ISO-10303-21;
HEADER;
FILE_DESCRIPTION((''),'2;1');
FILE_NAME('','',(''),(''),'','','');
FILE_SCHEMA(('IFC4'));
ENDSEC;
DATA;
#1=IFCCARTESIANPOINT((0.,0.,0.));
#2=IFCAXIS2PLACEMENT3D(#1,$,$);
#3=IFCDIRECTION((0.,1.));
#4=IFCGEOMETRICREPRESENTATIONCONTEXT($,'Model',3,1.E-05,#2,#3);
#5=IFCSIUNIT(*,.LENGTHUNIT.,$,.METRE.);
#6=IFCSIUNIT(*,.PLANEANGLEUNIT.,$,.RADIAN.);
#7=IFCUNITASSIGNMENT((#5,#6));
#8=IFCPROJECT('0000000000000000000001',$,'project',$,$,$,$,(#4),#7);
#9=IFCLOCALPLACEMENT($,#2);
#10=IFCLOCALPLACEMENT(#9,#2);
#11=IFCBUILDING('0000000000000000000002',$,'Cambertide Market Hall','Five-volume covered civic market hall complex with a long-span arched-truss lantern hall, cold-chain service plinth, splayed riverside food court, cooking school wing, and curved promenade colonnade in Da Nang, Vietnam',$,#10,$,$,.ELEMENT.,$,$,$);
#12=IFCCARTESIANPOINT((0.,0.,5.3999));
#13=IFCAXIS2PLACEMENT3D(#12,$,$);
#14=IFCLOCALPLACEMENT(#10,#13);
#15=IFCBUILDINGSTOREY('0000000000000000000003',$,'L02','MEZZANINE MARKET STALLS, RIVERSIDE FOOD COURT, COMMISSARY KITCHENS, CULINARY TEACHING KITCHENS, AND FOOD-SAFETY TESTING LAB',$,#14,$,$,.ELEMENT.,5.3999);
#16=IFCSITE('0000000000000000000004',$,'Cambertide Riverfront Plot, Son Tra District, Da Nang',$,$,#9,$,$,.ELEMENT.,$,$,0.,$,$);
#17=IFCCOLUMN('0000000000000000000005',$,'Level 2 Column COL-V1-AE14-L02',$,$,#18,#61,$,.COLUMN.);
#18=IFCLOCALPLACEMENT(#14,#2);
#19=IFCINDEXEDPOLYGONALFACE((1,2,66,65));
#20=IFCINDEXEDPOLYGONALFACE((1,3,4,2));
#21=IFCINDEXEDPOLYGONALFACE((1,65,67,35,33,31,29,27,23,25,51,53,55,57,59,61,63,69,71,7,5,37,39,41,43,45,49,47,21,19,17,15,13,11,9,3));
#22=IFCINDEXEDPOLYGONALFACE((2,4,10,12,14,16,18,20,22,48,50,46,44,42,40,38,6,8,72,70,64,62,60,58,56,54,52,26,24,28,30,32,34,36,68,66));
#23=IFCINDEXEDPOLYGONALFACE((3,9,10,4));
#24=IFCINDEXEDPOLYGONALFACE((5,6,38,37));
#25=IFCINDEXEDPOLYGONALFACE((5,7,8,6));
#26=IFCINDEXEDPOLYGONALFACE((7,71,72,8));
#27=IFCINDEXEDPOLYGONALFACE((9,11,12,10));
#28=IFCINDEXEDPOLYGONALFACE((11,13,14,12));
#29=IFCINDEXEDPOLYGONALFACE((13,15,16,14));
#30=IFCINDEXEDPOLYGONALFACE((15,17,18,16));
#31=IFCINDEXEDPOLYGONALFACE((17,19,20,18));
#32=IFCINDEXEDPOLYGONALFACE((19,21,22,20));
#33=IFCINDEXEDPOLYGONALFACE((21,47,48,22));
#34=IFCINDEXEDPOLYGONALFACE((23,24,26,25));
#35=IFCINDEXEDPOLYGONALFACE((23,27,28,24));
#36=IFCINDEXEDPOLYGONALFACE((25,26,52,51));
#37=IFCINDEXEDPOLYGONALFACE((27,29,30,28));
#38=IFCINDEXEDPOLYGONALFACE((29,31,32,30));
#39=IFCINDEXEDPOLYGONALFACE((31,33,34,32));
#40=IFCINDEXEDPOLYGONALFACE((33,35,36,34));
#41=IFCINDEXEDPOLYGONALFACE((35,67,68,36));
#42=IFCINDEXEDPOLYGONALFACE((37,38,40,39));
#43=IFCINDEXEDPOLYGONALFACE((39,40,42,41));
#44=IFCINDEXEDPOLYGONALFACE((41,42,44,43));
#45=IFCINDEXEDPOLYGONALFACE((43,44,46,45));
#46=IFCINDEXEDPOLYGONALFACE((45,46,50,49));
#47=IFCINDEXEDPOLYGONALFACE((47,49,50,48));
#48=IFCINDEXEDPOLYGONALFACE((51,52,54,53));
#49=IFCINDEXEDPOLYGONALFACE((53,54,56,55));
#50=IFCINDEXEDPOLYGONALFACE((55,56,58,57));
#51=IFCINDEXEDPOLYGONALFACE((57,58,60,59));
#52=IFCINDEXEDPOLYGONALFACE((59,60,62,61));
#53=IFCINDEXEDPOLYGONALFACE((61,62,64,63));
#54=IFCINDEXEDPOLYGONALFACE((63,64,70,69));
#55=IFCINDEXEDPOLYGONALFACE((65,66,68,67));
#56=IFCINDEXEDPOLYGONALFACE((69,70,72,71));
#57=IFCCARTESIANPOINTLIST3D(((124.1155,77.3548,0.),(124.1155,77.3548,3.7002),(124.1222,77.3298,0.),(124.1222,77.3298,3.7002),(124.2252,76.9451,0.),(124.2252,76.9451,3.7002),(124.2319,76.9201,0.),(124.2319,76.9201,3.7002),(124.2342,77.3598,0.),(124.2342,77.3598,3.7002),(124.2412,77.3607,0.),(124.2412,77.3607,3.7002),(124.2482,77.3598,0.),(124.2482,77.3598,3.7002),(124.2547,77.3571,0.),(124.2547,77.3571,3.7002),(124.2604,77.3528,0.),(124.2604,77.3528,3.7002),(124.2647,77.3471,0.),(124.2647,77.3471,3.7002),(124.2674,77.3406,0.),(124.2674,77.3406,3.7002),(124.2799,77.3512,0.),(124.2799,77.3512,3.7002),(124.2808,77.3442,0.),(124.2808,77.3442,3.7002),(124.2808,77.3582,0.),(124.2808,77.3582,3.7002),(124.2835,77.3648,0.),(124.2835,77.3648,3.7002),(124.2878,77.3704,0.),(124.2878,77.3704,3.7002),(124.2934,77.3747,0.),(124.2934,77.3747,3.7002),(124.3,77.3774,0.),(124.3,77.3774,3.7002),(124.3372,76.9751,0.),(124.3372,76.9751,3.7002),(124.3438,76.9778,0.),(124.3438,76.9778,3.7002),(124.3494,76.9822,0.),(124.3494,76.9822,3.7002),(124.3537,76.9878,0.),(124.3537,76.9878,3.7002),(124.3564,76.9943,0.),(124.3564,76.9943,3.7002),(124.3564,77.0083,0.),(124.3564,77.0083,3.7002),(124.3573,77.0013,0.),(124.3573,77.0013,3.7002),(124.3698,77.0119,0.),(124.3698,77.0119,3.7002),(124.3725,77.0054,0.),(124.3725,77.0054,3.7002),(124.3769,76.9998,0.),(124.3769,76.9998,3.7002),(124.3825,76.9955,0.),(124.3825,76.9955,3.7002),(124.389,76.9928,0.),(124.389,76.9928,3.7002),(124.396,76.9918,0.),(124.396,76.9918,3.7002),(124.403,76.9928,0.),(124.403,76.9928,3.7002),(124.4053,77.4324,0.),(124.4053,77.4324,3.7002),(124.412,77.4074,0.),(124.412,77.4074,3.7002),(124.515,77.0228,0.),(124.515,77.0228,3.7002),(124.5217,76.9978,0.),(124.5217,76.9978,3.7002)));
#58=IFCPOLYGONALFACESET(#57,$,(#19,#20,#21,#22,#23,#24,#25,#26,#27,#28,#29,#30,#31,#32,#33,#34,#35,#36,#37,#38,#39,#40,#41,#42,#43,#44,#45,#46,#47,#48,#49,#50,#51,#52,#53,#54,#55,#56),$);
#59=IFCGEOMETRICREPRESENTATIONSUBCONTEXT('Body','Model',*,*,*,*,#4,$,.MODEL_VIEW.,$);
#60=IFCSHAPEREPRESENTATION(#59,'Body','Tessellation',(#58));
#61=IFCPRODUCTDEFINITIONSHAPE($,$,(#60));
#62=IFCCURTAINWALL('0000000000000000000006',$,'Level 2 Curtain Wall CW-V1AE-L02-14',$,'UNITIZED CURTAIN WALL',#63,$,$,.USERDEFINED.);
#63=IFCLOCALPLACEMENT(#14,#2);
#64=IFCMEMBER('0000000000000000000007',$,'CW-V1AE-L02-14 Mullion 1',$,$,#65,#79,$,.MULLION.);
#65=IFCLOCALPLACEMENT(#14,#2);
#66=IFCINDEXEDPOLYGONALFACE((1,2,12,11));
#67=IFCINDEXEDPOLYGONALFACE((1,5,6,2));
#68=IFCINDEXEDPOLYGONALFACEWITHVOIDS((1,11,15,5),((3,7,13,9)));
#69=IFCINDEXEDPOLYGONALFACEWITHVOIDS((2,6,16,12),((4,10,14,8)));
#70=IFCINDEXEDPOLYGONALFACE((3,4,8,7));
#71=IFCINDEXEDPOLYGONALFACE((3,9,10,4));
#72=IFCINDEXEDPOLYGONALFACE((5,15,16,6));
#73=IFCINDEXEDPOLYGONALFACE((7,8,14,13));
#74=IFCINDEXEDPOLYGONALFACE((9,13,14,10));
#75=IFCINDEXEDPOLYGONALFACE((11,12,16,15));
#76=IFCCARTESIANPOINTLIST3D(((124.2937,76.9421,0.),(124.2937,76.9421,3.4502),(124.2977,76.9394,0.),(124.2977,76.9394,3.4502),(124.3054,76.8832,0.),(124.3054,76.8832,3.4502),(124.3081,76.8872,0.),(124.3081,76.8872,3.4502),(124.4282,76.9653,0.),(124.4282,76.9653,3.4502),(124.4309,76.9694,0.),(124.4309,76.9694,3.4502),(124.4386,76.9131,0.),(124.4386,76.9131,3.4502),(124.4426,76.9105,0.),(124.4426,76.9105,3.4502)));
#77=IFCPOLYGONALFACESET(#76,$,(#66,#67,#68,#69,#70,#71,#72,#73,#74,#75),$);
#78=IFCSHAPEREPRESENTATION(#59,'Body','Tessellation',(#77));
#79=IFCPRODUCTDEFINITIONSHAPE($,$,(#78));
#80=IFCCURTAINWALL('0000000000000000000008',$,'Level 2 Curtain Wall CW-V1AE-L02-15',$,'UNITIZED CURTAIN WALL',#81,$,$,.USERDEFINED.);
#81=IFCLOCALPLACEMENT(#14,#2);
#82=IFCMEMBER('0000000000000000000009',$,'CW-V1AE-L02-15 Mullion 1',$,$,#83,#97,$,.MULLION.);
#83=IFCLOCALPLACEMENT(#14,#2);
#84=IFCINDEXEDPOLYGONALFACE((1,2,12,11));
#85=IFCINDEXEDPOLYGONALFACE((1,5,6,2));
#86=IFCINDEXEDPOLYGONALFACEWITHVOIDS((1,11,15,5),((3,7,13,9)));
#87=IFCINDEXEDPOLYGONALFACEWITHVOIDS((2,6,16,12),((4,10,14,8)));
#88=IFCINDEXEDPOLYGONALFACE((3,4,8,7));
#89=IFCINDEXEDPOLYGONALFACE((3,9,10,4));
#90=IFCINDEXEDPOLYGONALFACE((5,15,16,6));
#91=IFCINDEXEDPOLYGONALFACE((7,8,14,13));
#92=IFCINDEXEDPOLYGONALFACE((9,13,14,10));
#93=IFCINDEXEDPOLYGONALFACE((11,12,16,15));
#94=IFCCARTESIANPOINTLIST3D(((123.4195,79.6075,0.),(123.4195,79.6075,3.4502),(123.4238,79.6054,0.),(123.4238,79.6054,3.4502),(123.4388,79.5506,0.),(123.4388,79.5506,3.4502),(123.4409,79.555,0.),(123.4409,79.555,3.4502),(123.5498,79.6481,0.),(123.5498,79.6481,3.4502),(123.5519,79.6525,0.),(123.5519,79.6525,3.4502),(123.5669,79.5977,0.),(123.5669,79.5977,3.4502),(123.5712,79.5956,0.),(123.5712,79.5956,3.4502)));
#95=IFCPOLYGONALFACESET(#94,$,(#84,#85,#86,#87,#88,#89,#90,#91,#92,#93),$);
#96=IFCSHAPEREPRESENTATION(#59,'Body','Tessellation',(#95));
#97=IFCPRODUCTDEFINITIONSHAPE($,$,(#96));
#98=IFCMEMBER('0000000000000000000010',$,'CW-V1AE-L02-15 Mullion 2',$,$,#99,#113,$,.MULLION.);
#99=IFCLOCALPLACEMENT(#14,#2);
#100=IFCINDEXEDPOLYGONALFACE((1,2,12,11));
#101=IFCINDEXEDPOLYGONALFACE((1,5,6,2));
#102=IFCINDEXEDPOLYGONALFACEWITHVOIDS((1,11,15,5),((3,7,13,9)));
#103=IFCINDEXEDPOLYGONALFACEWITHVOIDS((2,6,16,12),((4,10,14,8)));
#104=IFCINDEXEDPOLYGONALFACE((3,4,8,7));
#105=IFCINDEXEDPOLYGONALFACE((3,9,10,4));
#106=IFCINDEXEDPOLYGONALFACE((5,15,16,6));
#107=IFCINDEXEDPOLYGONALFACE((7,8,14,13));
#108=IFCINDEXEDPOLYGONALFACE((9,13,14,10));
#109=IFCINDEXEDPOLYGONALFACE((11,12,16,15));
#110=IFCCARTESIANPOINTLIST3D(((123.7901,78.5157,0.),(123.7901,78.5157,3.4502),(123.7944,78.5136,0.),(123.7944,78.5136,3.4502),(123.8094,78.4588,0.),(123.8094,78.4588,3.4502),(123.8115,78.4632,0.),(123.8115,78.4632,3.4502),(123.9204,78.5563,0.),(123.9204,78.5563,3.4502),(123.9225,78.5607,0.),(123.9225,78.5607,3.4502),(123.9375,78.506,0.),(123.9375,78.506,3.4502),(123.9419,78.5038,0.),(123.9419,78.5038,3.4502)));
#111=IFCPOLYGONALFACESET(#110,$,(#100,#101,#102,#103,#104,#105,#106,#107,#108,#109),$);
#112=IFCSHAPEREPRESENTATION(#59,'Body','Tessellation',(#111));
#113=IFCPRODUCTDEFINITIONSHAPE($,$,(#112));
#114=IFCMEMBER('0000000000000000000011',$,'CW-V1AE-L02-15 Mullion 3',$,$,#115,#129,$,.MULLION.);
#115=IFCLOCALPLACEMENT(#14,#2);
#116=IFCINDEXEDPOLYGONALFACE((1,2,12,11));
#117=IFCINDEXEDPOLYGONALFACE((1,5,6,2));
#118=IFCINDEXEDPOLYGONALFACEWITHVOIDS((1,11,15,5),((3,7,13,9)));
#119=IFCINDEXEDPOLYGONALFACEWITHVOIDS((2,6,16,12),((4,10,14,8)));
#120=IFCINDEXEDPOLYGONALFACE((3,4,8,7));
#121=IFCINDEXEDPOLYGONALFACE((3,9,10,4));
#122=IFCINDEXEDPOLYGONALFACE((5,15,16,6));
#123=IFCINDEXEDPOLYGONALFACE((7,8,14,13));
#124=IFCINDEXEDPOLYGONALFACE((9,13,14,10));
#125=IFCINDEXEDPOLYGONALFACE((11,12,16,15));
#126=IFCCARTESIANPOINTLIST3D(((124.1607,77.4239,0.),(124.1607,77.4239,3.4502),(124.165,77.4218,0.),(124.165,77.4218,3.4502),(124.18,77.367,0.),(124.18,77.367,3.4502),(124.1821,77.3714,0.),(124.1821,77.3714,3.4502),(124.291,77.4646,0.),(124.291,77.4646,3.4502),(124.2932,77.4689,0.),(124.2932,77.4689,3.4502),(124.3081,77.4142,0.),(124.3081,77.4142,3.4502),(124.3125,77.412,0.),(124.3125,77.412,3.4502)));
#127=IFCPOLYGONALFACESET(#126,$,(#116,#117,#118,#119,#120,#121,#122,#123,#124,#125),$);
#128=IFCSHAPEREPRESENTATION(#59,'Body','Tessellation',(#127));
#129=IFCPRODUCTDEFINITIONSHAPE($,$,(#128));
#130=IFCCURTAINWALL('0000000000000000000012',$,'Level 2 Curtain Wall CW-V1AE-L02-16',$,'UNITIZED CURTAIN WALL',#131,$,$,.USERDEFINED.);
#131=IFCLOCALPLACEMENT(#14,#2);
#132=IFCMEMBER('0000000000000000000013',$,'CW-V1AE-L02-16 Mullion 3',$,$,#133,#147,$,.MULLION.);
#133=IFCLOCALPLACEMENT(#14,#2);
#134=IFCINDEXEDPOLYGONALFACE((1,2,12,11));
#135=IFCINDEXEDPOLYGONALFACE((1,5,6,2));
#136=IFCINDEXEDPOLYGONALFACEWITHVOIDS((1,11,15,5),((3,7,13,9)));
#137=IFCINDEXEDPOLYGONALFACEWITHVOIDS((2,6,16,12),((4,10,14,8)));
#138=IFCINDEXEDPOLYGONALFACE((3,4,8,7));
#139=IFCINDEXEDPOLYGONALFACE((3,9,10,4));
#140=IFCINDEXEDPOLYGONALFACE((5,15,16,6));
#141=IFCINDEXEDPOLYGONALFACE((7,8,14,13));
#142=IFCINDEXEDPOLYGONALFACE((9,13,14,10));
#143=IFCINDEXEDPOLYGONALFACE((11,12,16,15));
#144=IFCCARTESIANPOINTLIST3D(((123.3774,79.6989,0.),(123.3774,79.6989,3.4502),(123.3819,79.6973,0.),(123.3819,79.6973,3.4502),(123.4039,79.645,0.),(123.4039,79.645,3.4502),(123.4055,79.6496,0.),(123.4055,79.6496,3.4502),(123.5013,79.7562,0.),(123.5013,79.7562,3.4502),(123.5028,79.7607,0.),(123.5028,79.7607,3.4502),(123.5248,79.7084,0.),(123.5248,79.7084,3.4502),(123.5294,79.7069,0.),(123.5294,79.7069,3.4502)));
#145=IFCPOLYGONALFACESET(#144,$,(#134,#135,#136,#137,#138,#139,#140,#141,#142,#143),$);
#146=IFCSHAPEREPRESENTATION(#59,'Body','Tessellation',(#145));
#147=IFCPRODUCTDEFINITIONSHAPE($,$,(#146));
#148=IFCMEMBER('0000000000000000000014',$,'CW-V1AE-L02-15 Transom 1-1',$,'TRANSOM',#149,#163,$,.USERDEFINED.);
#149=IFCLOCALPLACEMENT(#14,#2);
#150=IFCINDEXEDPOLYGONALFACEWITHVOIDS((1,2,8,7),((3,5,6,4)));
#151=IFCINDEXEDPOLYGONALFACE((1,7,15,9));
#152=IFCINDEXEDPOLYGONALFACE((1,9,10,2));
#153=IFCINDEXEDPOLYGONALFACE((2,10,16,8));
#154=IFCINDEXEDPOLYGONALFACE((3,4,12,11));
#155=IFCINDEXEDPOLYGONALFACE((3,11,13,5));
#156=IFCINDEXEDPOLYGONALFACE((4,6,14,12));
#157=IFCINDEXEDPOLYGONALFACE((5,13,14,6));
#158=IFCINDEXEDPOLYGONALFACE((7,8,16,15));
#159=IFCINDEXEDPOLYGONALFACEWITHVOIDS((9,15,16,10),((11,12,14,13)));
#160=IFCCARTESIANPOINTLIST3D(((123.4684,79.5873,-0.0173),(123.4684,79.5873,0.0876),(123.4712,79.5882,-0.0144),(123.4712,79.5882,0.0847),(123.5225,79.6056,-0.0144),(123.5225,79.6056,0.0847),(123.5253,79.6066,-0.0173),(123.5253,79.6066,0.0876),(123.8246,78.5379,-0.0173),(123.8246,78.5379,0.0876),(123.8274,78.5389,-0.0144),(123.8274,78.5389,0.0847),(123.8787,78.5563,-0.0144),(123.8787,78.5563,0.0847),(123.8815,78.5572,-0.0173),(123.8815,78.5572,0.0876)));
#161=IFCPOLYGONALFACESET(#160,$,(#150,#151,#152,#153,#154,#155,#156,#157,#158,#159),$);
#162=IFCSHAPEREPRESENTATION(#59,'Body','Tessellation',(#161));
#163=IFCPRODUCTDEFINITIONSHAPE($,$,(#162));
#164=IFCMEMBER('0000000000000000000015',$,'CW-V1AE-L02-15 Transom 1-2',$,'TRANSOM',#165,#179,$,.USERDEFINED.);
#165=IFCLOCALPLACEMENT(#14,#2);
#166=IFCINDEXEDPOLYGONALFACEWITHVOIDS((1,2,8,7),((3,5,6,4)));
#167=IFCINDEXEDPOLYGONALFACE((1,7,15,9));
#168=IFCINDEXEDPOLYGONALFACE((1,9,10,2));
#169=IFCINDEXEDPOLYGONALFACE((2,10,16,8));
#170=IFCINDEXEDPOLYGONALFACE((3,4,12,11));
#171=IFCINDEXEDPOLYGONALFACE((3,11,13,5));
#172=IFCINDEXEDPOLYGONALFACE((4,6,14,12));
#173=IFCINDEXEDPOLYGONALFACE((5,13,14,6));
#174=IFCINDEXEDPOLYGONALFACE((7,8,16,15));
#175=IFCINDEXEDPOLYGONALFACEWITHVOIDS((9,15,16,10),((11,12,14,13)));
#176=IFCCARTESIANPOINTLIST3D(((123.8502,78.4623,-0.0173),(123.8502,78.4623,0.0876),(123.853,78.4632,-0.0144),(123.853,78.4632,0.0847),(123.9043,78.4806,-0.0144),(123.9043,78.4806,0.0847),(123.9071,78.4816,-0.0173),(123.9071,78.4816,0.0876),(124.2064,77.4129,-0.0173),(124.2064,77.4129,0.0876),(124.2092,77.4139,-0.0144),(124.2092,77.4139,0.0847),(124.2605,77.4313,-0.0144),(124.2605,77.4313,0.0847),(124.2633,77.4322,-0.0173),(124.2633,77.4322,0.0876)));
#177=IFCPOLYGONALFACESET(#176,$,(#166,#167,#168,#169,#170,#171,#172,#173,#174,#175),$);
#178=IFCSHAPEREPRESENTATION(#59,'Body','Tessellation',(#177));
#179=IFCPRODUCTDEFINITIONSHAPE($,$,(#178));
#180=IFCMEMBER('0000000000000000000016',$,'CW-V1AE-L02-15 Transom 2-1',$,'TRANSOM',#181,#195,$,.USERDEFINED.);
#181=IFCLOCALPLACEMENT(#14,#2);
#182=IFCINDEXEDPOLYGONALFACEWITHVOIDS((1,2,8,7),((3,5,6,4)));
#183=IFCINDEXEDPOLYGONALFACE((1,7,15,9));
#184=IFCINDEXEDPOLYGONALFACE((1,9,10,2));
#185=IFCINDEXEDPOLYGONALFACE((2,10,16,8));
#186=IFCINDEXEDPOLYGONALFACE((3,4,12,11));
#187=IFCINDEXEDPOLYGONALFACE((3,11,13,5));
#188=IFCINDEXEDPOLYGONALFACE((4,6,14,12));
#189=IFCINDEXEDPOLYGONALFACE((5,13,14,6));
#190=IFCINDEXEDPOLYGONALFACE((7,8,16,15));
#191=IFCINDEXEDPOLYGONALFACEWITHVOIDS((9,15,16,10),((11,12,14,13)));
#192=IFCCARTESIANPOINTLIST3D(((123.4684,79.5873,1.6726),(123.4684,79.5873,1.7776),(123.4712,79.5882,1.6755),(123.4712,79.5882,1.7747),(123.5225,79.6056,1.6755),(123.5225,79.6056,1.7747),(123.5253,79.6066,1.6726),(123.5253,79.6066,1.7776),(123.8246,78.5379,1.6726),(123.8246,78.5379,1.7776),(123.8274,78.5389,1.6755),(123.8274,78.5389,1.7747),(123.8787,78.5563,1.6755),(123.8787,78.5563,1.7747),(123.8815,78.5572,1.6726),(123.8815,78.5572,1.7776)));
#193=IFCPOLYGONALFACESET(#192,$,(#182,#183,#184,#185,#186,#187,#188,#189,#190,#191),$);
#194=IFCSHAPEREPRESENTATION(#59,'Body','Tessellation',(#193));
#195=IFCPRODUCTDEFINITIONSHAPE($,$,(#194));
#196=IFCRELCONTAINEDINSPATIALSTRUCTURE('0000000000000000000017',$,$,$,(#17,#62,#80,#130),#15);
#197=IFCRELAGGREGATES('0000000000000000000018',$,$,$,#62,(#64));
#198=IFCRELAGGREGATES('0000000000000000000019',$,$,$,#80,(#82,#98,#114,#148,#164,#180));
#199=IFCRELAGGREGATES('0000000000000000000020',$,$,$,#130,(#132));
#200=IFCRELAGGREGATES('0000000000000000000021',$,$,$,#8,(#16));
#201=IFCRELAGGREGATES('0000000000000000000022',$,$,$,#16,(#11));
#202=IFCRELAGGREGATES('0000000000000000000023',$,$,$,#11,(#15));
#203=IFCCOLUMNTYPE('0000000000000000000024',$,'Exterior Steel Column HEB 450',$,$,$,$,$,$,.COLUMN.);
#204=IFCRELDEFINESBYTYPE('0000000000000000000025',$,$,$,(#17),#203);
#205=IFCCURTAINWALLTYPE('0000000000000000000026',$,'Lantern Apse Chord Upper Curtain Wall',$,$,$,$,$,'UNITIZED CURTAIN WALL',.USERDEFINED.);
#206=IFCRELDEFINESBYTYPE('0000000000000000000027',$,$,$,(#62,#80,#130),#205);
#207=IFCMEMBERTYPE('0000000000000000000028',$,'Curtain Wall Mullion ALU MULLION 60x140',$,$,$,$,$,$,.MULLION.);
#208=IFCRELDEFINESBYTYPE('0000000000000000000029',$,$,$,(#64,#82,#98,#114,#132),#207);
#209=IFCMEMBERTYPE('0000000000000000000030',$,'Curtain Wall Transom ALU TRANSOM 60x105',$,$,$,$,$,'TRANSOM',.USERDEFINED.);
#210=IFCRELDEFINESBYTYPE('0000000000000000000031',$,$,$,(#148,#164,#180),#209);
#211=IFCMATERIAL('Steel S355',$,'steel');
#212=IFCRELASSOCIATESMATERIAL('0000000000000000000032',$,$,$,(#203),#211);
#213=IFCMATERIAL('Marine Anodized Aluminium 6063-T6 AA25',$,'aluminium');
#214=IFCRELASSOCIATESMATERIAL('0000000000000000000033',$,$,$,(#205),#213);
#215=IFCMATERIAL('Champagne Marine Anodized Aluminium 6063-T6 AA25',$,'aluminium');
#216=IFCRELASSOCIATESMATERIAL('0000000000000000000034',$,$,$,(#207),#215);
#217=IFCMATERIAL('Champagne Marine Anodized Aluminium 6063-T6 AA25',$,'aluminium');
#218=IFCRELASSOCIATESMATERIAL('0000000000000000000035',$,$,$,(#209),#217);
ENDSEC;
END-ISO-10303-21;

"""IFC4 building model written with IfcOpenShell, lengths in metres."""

from ifc_helpers import new_model, si_unit, direction, frame, origin, origin_2d, place, context, subcontext, project, spatial, hollow_rectangle, i_section, extrude, material, material_profile, profile_set, type_object, element, aggregate, save


model = new_model("IFC4")

# Units and contexts
model_context = context("Model", 3, precision=1e-05, world=origin(), true_north=direction((0.0, 1.0)))
body_context = subcontext(model_context, "Body", "Model", "MODEL_VIEW")
ifc_project = project(units=[si_unit("LENGTHUNIT", "METRE"), si_unit("PLANEANGLEUNIT", "RADIAN")], contexts=[model_context])

# Site, building, storey
site_placement = place(None, origin())
site = spatial("IfcSite", under=ifc_project, at=site_placement, Name="Cambertide Riverfront Plot, Son Tra District, Da Nang", CompositionType="ELEMENT", RefElevation=0.0)
building_placement = place(site_placement, origin())
building = spatial("IfcBuilding", under=site, at=building_placement, Name="Cambertide Market Hall", Description="Five-volume covered civic market hall complex with a long-span arched-truss lantern hall, cold-chain service plinth, splayed riverside food court, cooking school wing, and curved promenade colonnade in Da Nang, Vietnam", CompositionType="ELEMENT")
storey_placement = place(building_placement, frame((0.0, 0.0, 5.3999)))
storey = spatial("IfcBuildingStorey", under=building, at=storey_placement, Name="L02", Description="MEZZANINE MARKET STALLS, RIVERSIDE FOOD COURT, COMMISSARY KITCHENS, CULINARY TEACHING KITCHENS, AND FOOD-SAFETY TESTING LAB", CompositionType="ELEMENT", Elevation=5.3999)

# Column
ifc_material_1 = material(Name="Steel S355", Category="steel")
ifc_material_profile_1 = material_profile(ifc_material_1, i_section(OverallWidth=0.3, OverallDepth=0.45, WebThickness=0.0139, FlangeThickness=0.0259, FilletRadius=0.0271, at=origin_2d()), Name="HEB 450")
ifc_profile_set_1 = profile_set([ifc_material_profile_1], Name="Steel S355")
column_type = type_object("IfcColumnType", Name="Exterior Steel Column HEB 450", PredefinedType="COLUMN", material=ifc_profile_set_1)
column_placement = place(storey_placement, frame((124.3186, 77.1763, 0.0), z_axis=(0.0, 0.0, 1.0), x_axis=(0.965926, 0.258819, 0.0)))
element("IfcColumn", 1, at=column_placement, inside=storey, type_object=column_type, Name="Level 2 Column COL-V1-AE14-L02", PredefinedType="COLUMN", context=body_context, shape_type="SweptSolid", body=[
    extrude(i_section(OverallWidth=0.3, OverallDepth=0.45, WebThickness=0.0139, FlangeThickness=0.0259, FilletRadius=0.0271, at=origin_2d()), origin(), (0.0, 0.0, 1.0), 3.7002),
])

# Curtain wall, member
ifc_material_2 = material(Name="Marine Anodized Aluminium 6063-T6 AA25", Category="aluminium")
curtain_wall_type = type_object("IfcCurtainWallType", Name="Lantern Apse Chord Upper Curtain Wall", ElementType="UNITIZED CURTAIN WALL", PredefinedType="USERDEFINED", material=ifc_material_2)
curtain_wall_1_placement = place(storey_placement, origin())
curtain_wall_1 = element("IfcCurtainWall", 2, at=curtain_wall_1_placement, inside=storey, type_object=curtain_wall_type, Name="Level 2 Curtain Wall CW-V1AE-L02-14", ObjectType="UNITIZED CURTAIN WALL", PredefinedType="USERDEFINED")
ifc_material_3 = material(Name="Champagne Marine Anodized Aluminium 6063-T6 AA25", Category="aluminium")
ifc_material_profile_2 = material_profile(ifc_material_3, hollow_rectangle(XDim=0.0601, YDim=0.1399, WallThickness=0.0034, at=origin_2d()), Name="ALU MULLION 60x140")
ifc_profile_set_2 = profile_set([ifc_material_profile_2], Name="Champagne Marine Anodized Aluminium 6063-T6 AA25")
member_type_1 = type_object("IfcMemberType", Name="Curtain Wall Mullion ALU MULLION 60x140", PredefinedType="MULLION", material=ifc_profile_set_2)
member_1_placement = place(storey_placement, frame((124.3682, 76.9263, 0.0), z_axis=(0.0, 0.0, 1.0), x_axis=(0.19509, -0.980785, 0.0)))
member_1 = element("IfcMember", 3, at=member_1_placement, type_object=member_type_1, Name="CW-V1AE-L02-14 Mullion 1", PredefinedType="MULLION", context=body_context, shape_type="SweptSolid", body=[
    extrude(hollow_rectangle(XDim=0.0601, YDim=0.1399, WallThickness=0.0034, at=origin_2d()), origin(), (0.0, 0.0, 1.0), 3.4502),
])
aggregate(curtain_wall_1, [member_1])

# Curtain wall, members
curtain_wall_2_placement = place(storey_placement, origin())
curtain_wall_2 = element("IfcCurtainWall", 4, at=curtain_wall_2_placement, inside=storey, type_object=curtain_wall_type, Name="Level 2 Curtain Wall CW-V1AE-L02-15", ObjectType="UNITIZED CURTAIN WALL", PredefinedType="USERDEFINED")
member_2_placement = place(storey_placement, frame((123.4954, 79.6016, 0.0), z_axis=(0.0, 0.0, 1.0), x_axis=(0.321439, -0.94693, 0.0)))
member_2 = element("IfcMember", 5, at=member_2_placement, type_object=member_type_1, Name="CW-V1AE-L02-15 Mullion 1", PredefinedType="MULLION", context=body_context, shape_type="SweptSolid", body=[
    extrude(hollow_rectangle(XDim=0.0601, YDim=0.1399, WallThickness=0.0034, at=origin_2d()), origin(), (0.0, 0.0, 1.0), 3.4502),
])
member_3_placement = place(storey_placement, frame((123.866, 78.5098, 0.0), z_axis=(0.0, 0.0, 1.0), x_axis=(0.321439, -0.94693, 0.0)))
member_3 = element("IfcMember", 6, at=member_3_placement, type_object=member_type_1, Name="CW-V1AE-L02-15 Mullion 2", PredefinedType="MULLION", context=body_context, shape_type="SweptSolid", body=[
    extrude(hollow_rectangle(XDim=0.0601, YDim=0.1399, WallThickness=0.0034, at=origin_2d()), origin(), (0.0, 0.0, 1.0), 3.4502),
])
member_4_placement = place(storey_placement, frame((124.2366, 77.418, 0.0), z_axis=(0.0, 0.0, 1.0), x_axis=(0.321439, -0.94693, 0.0)))
member_4 = element("IfcMember", 7, at=member_4_placement, type_object=member_type_1, Name="CW-V1AE-L02-15 Mullion 3", PredefinedType="MULLION", context=body_context, shape_type="SweptSolid", body=[
    extrude(hollow_rectangle(XDim=0.0601, YDim=0.1399, WallThickness=0.0034, at=origin_2d()), origin(), (0.0, 0.0, 1.0), 3.4502),
])

# Curtain wall, member
curtain_wall_3_placement = place(storey_placement, origin())
curtain_wall_3 = element("IfcCurtainWall", 8, at=curtain_wall_3_placement, inside=storey, type_object=curtain_wall_type, Name="Level 2 Curtain Wall CW-V1AE-L02-16", ObjectType="UNITIZED CURTAIN WALL", PredefinedType="USERDEFINED")
member_5_placement = place(storey_placement, frame((123.4534, 79.7029, 0.0), z_axis=(0.0, 0.0, 1.0), x_axis=(0.442289, -0.896873, 0.0)))
member_5 = element("IfcMember", 9, at=member_5_placement, type_object=member_type_1, Name="CW-V1AE-L02-16 Mullion 3", PredefinedType="MULLION", context=body_context, shape_type="SweptSolid", body=[
    extrude(hollow_rectangle(XDim=0.0601, YDim=0.1399, WallThickness=0.0034, at=origin_2d()), origin(), (0.0, 0.0, 1.0), 3.4502),
])

# Members
ifc_material_4 = material(Name="Champagne Marine Anodized Aluminium 6063-T6 AA25", Category="aluminium")
ifc_material_profile_3 = material_profile(ifc_material_4, hollow_rectangle(XDim=0.0601, YDim=0.105, WallThickness=0.0029, at=origin_2d()), Name="ALU TRANSOM 60x105")
ifc_profile_set_3 = profile_set([ifc_material_profile_3], Name="Champagne Marine Anodized Aluminium 6063-T6 AA25")
member_type_2 = type_object("IfcMemberType", Name="Curtain Wall Transom ALU TRANSOM 60x105", ElementType="TRANSOM", PredefinedType="USERDEFINED", material=ifc_profile_set_3)
member_6_placement = place(storey_placement, frame((123.4968, 79.5969, 0.0352), z_axis=(0.321445, -0.946928, 0.0), x_axis=(0.946928, 0.321445, 0.0)))
member_6 = element("IfcMember", 10, at=member_6_placement, type_object=member_type_2, Name="CW-V1AE-L02-15 Transom 1-1", ObjectType="TRANSOM", PredefinedType="USERDEFINED", context=body_context, shape_type="SweptSolid", body=[
    extrude(hollow_rectangle(XDim=0.0601, YDim=0.105, WallThickness=0.0029, at=origin_2d()), origin(), (0.0, 0.0, 1.0), 1.1082),
])
member_7_placement = place(storey_placement, frame((123.8787, 78.4719, 0.0352), z_axis=(0.321445, -0.946928, 0.0), x_axis=(0.946928, 0.321445, 0.0)))
member_7 = element("IfcMember", 11, at=member_7_placement, type_object=member_type_2, Name="CW-V1AE-L02-15 Transom 1-2", ObjectType="TRANSOM", PredefinedType="USERDEFINED", context=body_context, shape_type="SweptSolid", body=[
    extrude(hollow_rectangle(XDim=0.0601, YDim=0.105, WallThickness=0.0029, at=origin_2d()), origin(), (0.0, 0.0, 1.0), 1.1082),
])
member_8_placement = place(storey_placement, frame((123.4968, 79.5969, 1.7251), z_axis=(0.321445, -0.946928, 0.0), x_axis=(0.946928, 0.321445, 0.0)))
member_8 = element("IfcMember", 12, at=member_8_placement, type_object=member_type_2, Name="CW-V1AE-L02-15 Transom 2-1", ObjectType="TRANSOM", PredefinedType="USERDEFINED", context=body_context, shape_type="SweptSolid", body=[
    extrude(hollow_rectangle(XDim=0.0601, YDim=0.105, WallThickness=0.0029, at=origin_2d()), origin(), (0.0, 0.0, 1.0), 1.1082),
])

aggregate(curtain_wall_2, [member_2, member_3, member_4, member_6, member_7, member_8])
aggregate(curtain_wall_3, [member_5])

save(model, "model.ifc")
